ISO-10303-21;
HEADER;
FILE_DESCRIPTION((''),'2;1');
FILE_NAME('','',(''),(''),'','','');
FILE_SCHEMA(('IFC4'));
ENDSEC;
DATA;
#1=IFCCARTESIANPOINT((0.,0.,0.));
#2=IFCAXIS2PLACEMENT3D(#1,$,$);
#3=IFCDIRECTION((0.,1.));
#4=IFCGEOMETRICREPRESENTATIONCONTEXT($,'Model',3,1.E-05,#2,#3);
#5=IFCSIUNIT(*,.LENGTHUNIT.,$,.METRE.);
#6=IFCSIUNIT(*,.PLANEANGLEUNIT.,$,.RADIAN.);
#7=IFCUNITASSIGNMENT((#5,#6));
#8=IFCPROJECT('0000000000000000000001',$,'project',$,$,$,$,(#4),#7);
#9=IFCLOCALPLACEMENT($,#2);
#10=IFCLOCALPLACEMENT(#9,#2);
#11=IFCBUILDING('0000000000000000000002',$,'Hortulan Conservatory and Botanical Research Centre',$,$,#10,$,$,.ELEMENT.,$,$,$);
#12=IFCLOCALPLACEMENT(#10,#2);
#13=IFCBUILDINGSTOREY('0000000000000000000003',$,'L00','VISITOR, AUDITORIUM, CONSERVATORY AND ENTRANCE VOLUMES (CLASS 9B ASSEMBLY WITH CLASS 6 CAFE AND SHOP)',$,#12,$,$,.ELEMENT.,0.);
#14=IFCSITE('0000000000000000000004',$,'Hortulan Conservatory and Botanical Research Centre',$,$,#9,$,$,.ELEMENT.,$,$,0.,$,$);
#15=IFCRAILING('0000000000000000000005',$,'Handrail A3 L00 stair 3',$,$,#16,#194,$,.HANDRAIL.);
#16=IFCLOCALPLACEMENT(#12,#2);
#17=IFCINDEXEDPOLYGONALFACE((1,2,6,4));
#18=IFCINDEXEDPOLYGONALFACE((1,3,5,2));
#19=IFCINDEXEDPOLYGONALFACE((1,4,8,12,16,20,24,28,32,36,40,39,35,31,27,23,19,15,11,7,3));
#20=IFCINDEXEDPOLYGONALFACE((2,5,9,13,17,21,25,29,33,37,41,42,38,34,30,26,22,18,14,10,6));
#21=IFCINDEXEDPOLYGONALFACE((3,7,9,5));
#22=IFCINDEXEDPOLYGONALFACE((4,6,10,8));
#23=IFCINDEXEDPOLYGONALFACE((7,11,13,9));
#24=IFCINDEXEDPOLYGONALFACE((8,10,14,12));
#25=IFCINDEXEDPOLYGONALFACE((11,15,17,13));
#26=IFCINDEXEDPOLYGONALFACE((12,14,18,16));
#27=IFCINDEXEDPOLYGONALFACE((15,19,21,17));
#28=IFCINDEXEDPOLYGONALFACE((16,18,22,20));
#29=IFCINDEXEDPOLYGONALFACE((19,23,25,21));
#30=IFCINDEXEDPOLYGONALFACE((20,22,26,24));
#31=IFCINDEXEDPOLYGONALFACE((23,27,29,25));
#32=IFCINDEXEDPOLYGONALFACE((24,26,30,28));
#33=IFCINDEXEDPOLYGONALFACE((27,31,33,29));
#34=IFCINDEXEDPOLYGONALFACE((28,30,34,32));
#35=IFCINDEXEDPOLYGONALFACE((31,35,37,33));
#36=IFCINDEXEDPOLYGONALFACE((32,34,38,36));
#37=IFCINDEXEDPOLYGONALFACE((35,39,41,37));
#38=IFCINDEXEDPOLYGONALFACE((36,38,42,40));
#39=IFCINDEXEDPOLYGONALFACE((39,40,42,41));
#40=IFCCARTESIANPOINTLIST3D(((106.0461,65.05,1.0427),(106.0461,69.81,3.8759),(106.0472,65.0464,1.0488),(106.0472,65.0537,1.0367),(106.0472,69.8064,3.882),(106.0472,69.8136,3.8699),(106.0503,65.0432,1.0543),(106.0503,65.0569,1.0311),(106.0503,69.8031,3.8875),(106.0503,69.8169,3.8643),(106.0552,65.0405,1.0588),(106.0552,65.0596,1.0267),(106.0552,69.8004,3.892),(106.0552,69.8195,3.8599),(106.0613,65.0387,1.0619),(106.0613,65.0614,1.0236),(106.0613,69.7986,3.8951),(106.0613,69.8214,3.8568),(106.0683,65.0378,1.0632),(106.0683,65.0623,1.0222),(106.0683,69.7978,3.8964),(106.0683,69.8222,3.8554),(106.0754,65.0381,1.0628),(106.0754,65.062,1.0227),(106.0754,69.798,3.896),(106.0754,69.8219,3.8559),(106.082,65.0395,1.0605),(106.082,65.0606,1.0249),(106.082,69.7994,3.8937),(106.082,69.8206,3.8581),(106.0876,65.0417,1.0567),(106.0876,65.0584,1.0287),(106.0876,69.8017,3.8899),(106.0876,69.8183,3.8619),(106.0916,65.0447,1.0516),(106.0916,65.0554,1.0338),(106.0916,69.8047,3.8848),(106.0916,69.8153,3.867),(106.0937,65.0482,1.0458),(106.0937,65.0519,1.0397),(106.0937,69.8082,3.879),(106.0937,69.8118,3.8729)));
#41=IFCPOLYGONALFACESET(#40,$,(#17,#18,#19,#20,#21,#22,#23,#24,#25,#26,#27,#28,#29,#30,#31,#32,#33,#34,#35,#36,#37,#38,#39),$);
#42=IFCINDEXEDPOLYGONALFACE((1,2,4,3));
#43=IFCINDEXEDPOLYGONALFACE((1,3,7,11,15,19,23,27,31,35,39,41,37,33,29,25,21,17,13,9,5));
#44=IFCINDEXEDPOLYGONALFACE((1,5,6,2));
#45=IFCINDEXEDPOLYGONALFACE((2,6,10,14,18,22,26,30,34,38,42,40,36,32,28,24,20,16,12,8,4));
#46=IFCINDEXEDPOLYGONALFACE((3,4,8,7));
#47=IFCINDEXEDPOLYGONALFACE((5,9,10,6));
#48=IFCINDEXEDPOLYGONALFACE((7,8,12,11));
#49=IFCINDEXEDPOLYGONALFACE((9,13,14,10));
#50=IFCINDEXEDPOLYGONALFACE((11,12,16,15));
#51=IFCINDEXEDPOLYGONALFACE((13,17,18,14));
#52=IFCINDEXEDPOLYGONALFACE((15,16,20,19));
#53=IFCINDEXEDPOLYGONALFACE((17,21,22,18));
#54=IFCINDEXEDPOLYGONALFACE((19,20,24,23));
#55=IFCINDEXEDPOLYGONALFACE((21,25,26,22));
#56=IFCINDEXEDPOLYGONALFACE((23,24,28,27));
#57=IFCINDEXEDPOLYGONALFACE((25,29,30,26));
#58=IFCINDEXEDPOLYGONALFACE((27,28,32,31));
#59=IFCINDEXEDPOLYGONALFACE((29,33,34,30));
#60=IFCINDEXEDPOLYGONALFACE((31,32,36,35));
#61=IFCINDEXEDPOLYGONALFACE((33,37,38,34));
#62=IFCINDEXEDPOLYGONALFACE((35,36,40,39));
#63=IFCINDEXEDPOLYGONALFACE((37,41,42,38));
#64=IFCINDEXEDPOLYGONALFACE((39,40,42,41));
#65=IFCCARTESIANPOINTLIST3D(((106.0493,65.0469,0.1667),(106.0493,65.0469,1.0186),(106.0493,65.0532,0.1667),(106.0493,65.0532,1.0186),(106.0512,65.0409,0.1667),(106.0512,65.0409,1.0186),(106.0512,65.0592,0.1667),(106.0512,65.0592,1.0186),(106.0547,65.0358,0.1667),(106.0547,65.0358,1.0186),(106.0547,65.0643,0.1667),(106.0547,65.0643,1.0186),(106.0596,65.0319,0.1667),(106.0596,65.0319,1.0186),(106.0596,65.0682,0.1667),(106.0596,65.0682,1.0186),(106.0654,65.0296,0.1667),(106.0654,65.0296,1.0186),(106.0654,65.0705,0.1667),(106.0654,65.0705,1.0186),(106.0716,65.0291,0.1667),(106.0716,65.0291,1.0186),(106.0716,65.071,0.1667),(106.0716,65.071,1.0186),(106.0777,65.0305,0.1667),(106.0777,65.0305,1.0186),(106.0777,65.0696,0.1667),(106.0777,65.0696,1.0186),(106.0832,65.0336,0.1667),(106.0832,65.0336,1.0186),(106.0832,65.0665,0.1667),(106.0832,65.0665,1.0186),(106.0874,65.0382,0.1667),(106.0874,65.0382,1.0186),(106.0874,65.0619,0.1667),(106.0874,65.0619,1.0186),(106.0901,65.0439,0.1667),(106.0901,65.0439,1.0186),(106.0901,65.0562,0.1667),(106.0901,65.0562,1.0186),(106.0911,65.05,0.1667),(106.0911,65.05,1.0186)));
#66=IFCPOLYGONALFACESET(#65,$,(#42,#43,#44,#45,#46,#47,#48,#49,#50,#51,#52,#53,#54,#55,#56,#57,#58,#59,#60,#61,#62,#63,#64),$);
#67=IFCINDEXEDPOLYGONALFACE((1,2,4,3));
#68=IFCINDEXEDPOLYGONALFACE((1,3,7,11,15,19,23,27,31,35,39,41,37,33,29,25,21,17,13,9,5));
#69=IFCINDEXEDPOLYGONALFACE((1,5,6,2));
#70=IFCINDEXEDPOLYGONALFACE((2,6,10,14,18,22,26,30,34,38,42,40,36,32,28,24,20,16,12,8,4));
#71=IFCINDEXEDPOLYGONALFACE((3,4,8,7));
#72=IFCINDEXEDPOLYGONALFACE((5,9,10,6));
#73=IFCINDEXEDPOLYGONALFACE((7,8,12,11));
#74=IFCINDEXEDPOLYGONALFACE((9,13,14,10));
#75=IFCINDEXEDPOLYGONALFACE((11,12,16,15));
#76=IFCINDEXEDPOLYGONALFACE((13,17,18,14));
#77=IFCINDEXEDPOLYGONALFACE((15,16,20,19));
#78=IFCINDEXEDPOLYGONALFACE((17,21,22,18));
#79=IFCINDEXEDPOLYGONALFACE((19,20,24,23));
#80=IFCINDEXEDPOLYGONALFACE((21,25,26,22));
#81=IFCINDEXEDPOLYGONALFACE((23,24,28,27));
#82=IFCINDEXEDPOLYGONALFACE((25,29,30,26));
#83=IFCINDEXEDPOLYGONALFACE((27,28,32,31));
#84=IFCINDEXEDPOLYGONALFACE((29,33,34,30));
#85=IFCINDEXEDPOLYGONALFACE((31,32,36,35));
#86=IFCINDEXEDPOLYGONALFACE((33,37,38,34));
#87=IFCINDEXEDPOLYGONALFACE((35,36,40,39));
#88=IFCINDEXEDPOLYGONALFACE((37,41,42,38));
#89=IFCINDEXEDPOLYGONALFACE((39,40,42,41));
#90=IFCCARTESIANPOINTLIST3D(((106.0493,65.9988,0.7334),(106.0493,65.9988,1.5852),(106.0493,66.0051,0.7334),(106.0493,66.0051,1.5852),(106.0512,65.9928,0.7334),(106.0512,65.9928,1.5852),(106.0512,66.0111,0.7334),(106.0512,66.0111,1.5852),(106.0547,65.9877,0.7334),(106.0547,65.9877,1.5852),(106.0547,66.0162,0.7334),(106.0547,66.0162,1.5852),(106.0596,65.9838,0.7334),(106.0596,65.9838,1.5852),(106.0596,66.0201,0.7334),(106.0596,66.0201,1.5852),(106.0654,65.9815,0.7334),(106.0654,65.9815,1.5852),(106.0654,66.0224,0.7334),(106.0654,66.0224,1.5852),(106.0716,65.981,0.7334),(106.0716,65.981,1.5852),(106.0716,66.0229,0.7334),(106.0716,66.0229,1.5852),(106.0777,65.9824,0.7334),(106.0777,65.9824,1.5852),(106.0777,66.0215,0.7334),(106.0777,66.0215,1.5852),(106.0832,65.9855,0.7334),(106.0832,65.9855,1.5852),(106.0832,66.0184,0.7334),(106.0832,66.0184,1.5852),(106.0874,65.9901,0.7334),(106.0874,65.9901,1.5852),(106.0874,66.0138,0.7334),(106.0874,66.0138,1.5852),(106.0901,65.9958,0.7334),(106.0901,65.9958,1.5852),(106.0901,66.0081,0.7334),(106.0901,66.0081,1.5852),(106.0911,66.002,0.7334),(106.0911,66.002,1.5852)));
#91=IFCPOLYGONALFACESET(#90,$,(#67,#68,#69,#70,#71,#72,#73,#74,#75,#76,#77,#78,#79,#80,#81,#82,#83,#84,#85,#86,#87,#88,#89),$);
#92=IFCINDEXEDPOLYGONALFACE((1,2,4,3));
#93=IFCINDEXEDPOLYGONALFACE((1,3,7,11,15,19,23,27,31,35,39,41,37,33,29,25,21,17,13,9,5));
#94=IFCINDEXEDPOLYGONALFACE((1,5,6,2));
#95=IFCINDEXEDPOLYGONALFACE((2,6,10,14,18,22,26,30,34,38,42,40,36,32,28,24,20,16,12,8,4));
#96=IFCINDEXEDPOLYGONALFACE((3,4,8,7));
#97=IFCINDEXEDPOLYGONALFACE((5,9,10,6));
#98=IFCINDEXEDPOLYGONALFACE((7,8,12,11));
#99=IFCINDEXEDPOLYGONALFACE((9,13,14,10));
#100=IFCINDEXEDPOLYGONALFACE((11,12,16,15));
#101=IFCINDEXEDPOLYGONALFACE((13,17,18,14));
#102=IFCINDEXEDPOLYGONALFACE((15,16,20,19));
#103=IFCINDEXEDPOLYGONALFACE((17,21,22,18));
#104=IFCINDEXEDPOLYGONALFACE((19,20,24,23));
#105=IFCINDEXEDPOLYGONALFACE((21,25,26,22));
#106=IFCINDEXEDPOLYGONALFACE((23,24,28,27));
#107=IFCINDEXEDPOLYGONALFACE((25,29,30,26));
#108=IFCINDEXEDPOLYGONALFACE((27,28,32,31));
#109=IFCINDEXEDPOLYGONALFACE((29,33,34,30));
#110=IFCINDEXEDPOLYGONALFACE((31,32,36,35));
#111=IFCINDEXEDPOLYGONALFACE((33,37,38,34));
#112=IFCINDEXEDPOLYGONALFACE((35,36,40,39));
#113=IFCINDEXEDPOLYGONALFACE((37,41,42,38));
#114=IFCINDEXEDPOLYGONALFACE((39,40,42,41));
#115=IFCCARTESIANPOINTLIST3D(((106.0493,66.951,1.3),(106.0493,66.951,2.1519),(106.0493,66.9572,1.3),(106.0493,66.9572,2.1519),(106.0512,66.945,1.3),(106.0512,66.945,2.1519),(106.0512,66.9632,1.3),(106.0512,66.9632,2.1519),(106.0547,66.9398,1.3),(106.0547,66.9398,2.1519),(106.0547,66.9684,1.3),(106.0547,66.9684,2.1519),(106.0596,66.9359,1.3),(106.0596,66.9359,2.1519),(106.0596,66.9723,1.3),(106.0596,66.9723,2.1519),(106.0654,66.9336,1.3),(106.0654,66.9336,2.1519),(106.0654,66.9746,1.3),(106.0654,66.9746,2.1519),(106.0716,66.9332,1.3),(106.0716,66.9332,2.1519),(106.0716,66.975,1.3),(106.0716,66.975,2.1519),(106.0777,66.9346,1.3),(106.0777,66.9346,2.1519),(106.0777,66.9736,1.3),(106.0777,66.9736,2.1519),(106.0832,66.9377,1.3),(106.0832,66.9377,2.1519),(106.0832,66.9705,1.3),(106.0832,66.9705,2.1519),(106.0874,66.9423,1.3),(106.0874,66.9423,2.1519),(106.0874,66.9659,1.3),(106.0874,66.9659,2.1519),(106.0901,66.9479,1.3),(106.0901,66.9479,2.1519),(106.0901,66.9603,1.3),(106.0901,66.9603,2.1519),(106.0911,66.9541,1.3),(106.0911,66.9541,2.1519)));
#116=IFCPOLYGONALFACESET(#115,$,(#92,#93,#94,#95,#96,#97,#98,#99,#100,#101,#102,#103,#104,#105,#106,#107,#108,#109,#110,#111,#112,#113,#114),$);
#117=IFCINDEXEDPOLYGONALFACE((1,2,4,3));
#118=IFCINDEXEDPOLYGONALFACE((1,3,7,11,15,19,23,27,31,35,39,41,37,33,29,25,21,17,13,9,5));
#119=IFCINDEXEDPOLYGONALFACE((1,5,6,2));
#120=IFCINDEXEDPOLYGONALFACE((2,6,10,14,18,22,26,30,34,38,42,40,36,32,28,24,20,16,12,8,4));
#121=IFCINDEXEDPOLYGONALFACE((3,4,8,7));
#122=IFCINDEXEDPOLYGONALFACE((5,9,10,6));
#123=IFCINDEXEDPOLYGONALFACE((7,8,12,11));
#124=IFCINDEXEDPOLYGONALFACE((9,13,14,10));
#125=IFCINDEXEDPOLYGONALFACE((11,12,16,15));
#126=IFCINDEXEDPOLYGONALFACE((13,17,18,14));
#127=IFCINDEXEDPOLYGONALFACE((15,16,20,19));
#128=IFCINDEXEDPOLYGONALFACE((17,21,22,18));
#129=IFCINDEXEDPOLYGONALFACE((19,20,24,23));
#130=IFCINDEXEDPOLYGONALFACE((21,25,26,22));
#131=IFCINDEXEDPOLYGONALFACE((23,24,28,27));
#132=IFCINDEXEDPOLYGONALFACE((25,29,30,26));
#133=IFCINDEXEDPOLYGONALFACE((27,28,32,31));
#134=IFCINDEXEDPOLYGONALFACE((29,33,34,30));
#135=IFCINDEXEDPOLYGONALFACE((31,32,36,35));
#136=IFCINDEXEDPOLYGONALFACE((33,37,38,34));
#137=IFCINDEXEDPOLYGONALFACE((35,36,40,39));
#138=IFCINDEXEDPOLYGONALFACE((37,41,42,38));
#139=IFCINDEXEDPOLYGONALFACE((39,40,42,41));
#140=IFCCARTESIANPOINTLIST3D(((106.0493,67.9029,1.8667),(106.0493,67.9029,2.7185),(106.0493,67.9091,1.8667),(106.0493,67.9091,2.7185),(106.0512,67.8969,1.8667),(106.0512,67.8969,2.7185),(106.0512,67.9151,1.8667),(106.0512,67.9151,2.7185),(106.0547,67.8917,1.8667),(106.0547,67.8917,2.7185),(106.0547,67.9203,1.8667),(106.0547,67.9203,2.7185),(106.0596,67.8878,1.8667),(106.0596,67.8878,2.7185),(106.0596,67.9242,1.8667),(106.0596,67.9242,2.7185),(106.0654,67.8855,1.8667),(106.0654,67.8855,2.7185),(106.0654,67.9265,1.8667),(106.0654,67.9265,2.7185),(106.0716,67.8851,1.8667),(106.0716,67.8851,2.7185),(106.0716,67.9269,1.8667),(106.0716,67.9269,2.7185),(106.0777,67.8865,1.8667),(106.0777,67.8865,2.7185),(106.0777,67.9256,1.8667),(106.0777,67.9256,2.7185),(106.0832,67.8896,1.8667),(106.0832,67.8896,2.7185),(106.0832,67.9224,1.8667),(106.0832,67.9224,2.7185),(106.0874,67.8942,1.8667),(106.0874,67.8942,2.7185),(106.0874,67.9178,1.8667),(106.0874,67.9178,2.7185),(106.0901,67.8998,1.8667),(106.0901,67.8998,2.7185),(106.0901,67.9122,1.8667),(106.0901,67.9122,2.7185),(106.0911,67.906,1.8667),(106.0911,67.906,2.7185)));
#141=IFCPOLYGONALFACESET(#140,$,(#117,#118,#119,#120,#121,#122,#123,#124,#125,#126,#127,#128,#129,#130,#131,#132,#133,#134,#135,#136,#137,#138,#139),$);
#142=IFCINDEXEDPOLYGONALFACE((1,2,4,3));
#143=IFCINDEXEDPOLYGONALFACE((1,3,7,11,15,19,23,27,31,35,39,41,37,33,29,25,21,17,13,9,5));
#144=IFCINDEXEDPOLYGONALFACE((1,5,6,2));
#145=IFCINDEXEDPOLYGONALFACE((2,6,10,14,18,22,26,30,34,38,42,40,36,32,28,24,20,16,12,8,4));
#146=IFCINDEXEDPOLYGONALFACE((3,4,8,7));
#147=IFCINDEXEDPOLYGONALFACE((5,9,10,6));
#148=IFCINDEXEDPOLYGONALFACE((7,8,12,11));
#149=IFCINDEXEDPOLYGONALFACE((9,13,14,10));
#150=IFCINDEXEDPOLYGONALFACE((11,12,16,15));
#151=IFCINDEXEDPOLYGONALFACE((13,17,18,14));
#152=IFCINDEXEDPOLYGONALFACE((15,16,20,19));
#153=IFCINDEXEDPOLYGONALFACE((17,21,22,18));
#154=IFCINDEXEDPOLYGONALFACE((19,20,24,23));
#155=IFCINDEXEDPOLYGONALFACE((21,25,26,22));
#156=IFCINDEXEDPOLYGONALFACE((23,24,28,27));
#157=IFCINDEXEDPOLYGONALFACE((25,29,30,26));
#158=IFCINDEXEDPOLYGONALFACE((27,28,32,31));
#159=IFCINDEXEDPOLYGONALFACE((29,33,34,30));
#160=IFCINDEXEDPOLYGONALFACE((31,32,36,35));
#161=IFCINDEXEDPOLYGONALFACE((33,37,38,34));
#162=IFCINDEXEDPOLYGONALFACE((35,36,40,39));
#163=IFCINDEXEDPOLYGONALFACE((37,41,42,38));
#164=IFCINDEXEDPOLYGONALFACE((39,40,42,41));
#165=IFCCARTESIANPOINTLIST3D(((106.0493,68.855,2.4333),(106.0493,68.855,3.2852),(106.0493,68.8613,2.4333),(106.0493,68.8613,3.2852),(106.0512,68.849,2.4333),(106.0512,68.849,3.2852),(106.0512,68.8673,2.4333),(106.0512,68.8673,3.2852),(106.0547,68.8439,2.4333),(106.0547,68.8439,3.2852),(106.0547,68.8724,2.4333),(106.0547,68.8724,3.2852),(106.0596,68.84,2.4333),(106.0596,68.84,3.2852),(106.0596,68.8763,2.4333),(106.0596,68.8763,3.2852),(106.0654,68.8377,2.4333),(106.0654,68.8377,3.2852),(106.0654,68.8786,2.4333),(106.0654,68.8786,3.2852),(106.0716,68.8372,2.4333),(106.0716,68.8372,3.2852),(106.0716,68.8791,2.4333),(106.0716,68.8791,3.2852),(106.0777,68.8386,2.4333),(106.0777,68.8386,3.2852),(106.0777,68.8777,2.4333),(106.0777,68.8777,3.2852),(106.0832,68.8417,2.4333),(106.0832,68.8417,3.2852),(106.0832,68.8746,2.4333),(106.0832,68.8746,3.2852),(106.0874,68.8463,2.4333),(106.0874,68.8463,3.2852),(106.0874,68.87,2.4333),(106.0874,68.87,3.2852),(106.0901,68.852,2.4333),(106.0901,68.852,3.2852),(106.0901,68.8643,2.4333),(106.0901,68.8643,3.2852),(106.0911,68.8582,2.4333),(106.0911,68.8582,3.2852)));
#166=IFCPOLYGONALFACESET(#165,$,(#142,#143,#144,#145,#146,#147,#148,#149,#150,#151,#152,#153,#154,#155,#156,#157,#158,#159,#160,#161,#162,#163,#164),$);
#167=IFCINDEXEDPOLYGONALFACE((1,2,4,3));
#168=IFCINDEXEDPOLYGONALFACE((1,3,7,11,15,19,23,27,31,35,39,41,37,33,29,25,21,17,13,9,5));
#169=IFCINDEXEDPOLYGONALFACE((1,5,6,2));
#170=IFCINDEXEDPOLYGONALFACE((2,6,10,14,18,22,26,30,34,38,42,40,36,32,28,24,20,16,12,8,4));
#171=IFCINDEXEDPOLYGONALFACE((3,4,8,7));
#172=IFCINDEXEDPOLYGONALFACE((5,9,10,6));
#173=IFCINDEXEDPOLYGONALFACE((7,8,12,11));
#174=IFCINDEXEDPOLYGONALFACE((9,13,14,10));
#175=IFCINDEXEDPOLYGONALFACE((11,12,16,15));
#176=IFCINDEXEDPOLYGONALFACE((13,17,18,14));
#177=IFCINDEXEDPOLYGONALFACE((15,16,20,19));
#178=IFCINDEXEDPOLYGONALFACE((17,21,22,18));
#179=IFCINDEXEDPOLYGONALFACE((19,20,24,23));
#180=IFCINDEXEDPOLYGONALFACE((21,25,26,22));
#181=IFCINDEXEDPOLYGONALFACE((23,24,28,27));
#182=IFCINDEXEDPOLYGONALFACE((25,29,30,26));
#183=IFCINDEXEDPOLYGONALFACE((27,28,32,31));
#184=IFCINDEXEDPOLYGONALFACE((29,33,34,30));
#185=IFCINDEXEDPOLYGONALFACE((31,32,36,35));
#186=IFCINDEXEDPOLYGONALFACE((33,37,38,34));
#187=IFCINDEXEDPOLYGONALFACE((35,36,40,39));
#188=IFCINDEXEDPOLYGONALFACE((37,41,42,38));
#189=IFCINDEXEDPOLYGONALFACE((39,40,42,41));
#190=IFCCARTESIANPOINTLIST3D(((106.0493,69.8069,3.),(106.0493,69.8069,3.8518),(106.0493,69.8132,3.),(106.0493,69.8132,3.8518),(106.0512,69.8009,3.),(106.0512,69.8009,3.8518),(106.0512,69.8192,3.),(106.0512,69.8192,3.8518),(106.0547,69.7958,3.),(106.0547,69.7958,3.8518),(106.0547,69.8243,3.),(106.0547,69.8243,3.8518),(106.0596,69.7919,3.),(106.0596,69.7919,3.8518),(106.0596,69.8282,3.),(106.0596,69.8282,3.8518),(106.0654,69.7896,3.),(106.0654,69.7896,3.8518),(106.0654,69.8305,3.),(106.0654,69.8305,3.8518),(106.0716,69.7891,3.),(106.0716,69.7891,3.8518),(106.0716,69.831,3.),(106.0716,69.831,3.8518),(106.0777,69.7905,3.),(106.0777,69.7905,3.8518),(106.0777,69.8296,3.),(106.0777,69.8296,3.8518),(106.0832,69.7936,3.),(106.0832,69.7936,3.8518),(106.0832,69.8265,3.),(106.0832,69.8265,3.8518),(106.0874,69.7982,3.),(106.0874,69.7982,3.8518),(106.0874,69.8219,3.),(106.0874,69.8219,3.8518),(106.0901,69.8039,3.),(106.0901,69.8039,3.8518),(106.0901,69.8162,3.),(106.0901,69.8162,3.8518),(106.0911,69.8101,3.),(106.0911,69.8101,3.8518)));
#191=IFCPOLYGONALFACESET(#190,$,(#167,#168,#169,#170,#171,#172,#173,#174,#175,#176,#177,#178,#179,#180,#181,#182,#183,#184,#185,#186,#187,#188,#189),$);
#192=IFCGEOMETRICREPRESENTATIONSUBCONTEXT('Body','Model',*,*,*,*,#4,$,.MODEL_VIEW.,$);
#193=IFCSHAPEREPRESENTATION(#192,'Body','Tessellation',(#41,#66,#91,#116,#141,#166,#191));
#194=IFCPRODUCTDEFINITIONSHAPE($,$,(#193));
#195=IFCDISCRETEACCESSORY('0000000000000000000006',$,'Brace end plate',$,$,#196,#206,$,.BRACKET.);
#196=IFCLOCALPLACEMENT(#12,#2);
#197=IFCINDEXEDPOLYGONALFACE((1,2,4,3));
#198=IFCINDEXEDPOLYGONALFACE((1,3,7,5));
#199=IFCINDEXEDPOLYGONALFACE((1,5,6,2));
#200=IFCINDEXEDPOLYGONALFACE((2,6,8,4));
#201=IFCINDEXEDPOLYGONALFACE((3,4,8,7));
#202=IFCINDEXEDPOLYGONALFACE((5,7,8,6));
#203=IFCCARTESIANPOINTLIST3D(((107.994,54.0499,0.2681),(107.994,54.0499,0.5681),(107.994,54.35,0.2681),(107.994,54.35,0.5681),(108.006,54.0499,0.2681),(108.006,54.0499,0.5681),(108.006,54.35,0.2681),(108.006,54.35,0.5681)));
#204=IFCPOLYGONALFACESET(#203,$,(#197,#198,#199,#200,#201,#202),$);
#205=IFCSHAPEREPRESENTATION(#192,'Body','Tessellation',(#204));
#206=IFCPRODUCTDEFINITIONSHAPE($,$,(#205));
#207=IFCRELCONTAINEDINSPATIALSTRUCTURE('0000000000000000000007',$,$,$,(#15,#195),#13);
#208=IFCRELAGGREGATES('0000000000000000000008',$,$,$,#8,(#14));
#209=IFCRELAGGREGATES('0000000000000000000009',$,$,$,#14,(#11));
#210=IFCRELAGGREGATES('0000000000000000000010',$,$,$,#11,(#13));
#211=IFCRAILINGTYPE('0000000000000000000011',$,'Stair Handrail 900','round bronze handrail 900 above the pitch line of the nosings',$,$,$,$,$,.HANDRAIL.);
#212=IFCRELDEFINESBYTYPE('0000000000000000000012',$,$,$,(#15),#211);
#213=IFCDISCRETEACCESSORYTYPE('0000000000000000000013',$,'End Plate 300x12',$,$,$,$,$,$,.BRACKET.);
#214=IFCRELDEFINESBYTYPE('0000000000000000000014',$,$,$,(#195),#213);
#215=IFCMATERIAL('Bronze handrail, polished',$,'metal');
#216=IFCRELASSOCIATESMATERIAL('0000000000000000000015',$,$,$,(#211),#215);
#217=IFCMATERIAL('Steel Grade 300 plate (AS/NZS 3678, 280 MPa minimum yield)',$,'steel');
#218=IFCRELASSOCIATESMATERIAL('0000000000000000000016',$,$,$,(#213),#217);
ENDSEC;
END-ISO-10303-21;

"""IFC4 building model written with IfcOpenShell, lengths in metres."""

from ifc_helpers import new_model, si_unit, direction, frame, origin, origin_2d, place, context, subcontext, project, spatial, rectangle, circle, extrude, material, type_object, element, save


model = new_model("IFC4")

# Units and contexts
model_context = context("Model", 3, precision=1e-05, world=origin(), true_north=direction((0.0, 1.0)))
body_context = subcontext(model_context, "Body", "Model", "MODEL_VIEW")
ifc_project = project(units=[si_unit("LENGTHUNIT", "METRE"), si_unit("PLANEANGLEUNIT", "RADIAN")], contexts=[model_context])

# Site, building, storey
site_placement = place(None, origin())
site = spatial("IfcSite", under=ifc_project, at=site_placement, Name="Hortulan Conservatory and Botanical Research Centre", CompositionType="ELEMENT", RefElevation=0.0)
building_placement = place(site_placement, origin())
building = spatial("IfcBuilding", under=site, at=building_placement, Name="Hortulan Conservatory and Botanical Research Centre", CompositionType="ELEMENT")
storey_placement = place(building_placement, origin())
storey = spatial("IfcBuildingStorey", under=building, at=storey_placement, Name="L00", Description="VISITOR, AUDITORIUM, CONSERVATORY AND ENTRANCE VOLUMES (CLASS 9B ASSEMBLY WITH CLASS 6 CAFE AND SHOP)", CompositionType="ELEMENT", Elevation=0.0)

# Railing
ifc_material_1 = material(Name="Bronze handrail, polished", Category="metal")
railing_type_1 = type_object("IfcRailingType", Name="Stair Handrail 900", Description="round bronze handrail 900 above the pitch line of the nosings", PredefinedType="HANDRAIL", material=ifc_material_1)
for number, where, name in (
    (1, (106.0701, 65.05, 0.1667), "Handrail A3 L00 stair 3"),
):
    element("IfcRailing", number, at=place(storey_placement, frame(where)), inside=storey, type_object=railing_type_1, Name=name, PredefinedType="HANDRAIL", context=body_context, shape_type="SweptSolid", body=[
        extrude(circle(Radius=0.0239, at=origin_2d()), frame((0.0, 0.0, 0.876), z_axis=(0.0, 0.8593, 0.511472), x_axis=(-1.0, 0.0, 0.0)), (0.0, 0.0, 1.0), 5.5393),
        extrude(circle(Radius=0.021, at=origin_2d()), origin(), (0.0, 0.0, 1.0), 0.8518),
        extrude(circle(Radius=0.021, at=origin_2d()), frame((0.0, 0.9519, 0.5667)), (0.0, 0.0, 1.0), 0.8518),
        extrude(circle(Radius=0.021, at=origin_2d()), frame((0.0, 1.9041, 1.1333)), (0.0, 0.0, 1.0), 0.8518),
        extrude(circle(Radius=0.021, at=origin_2d()), frame((0.0, 2.856, 1.7)), (0.0, 0.0, 1.0), 0.8518),
        extrude(circle(Radius=0.021, at=origin_2d()), frame((0.0, 3.8081, 2.2666)), (0.0, 0.0, 1.0), 0.8518),
        extrude(circle(Radius=0.021, at=origin_2d()), frame((0.0, 4.76, 2.8333)), (0.0, 0.0, 1.0), 0.8518),
    ])

# Discrete accessory
ifc_material_2 = material(Name="Steel Grade 300 plate (AS/NZS 3678, 280 MPa minimum yield)", Category="steel")
discrete_accessory_type = type_object("IfcDiscreteAccessoryType", Name="End Plate 300x12", PredefinedType="BRACKET", material=ifc_material_2)
for number, where, z_axis, x_axis, name in (
    (2, (108.0, 54.2, 0.2681), (0.0, 0.0, 1.0), (0.0, -1.0, 0.0), "Brace end plate"),
):
    element("IfcDiscreteAccessory", number, at=place(storey_placement, frame(where, z_axis=z_axis, x_axis=x_axis)), inside=storey, type_object=discrete_accessory_type, Name=name, PredefinedType="BRACKET", context=body_context, shape_type="SweptSolid", body=[
        extrude(rectangle(XDim=0.3, YDim=0.012, at=origin_2d()), origin(), (0.0, 0.0, 1.0), 0.3),
    ])

save(model, "model.ifc")
